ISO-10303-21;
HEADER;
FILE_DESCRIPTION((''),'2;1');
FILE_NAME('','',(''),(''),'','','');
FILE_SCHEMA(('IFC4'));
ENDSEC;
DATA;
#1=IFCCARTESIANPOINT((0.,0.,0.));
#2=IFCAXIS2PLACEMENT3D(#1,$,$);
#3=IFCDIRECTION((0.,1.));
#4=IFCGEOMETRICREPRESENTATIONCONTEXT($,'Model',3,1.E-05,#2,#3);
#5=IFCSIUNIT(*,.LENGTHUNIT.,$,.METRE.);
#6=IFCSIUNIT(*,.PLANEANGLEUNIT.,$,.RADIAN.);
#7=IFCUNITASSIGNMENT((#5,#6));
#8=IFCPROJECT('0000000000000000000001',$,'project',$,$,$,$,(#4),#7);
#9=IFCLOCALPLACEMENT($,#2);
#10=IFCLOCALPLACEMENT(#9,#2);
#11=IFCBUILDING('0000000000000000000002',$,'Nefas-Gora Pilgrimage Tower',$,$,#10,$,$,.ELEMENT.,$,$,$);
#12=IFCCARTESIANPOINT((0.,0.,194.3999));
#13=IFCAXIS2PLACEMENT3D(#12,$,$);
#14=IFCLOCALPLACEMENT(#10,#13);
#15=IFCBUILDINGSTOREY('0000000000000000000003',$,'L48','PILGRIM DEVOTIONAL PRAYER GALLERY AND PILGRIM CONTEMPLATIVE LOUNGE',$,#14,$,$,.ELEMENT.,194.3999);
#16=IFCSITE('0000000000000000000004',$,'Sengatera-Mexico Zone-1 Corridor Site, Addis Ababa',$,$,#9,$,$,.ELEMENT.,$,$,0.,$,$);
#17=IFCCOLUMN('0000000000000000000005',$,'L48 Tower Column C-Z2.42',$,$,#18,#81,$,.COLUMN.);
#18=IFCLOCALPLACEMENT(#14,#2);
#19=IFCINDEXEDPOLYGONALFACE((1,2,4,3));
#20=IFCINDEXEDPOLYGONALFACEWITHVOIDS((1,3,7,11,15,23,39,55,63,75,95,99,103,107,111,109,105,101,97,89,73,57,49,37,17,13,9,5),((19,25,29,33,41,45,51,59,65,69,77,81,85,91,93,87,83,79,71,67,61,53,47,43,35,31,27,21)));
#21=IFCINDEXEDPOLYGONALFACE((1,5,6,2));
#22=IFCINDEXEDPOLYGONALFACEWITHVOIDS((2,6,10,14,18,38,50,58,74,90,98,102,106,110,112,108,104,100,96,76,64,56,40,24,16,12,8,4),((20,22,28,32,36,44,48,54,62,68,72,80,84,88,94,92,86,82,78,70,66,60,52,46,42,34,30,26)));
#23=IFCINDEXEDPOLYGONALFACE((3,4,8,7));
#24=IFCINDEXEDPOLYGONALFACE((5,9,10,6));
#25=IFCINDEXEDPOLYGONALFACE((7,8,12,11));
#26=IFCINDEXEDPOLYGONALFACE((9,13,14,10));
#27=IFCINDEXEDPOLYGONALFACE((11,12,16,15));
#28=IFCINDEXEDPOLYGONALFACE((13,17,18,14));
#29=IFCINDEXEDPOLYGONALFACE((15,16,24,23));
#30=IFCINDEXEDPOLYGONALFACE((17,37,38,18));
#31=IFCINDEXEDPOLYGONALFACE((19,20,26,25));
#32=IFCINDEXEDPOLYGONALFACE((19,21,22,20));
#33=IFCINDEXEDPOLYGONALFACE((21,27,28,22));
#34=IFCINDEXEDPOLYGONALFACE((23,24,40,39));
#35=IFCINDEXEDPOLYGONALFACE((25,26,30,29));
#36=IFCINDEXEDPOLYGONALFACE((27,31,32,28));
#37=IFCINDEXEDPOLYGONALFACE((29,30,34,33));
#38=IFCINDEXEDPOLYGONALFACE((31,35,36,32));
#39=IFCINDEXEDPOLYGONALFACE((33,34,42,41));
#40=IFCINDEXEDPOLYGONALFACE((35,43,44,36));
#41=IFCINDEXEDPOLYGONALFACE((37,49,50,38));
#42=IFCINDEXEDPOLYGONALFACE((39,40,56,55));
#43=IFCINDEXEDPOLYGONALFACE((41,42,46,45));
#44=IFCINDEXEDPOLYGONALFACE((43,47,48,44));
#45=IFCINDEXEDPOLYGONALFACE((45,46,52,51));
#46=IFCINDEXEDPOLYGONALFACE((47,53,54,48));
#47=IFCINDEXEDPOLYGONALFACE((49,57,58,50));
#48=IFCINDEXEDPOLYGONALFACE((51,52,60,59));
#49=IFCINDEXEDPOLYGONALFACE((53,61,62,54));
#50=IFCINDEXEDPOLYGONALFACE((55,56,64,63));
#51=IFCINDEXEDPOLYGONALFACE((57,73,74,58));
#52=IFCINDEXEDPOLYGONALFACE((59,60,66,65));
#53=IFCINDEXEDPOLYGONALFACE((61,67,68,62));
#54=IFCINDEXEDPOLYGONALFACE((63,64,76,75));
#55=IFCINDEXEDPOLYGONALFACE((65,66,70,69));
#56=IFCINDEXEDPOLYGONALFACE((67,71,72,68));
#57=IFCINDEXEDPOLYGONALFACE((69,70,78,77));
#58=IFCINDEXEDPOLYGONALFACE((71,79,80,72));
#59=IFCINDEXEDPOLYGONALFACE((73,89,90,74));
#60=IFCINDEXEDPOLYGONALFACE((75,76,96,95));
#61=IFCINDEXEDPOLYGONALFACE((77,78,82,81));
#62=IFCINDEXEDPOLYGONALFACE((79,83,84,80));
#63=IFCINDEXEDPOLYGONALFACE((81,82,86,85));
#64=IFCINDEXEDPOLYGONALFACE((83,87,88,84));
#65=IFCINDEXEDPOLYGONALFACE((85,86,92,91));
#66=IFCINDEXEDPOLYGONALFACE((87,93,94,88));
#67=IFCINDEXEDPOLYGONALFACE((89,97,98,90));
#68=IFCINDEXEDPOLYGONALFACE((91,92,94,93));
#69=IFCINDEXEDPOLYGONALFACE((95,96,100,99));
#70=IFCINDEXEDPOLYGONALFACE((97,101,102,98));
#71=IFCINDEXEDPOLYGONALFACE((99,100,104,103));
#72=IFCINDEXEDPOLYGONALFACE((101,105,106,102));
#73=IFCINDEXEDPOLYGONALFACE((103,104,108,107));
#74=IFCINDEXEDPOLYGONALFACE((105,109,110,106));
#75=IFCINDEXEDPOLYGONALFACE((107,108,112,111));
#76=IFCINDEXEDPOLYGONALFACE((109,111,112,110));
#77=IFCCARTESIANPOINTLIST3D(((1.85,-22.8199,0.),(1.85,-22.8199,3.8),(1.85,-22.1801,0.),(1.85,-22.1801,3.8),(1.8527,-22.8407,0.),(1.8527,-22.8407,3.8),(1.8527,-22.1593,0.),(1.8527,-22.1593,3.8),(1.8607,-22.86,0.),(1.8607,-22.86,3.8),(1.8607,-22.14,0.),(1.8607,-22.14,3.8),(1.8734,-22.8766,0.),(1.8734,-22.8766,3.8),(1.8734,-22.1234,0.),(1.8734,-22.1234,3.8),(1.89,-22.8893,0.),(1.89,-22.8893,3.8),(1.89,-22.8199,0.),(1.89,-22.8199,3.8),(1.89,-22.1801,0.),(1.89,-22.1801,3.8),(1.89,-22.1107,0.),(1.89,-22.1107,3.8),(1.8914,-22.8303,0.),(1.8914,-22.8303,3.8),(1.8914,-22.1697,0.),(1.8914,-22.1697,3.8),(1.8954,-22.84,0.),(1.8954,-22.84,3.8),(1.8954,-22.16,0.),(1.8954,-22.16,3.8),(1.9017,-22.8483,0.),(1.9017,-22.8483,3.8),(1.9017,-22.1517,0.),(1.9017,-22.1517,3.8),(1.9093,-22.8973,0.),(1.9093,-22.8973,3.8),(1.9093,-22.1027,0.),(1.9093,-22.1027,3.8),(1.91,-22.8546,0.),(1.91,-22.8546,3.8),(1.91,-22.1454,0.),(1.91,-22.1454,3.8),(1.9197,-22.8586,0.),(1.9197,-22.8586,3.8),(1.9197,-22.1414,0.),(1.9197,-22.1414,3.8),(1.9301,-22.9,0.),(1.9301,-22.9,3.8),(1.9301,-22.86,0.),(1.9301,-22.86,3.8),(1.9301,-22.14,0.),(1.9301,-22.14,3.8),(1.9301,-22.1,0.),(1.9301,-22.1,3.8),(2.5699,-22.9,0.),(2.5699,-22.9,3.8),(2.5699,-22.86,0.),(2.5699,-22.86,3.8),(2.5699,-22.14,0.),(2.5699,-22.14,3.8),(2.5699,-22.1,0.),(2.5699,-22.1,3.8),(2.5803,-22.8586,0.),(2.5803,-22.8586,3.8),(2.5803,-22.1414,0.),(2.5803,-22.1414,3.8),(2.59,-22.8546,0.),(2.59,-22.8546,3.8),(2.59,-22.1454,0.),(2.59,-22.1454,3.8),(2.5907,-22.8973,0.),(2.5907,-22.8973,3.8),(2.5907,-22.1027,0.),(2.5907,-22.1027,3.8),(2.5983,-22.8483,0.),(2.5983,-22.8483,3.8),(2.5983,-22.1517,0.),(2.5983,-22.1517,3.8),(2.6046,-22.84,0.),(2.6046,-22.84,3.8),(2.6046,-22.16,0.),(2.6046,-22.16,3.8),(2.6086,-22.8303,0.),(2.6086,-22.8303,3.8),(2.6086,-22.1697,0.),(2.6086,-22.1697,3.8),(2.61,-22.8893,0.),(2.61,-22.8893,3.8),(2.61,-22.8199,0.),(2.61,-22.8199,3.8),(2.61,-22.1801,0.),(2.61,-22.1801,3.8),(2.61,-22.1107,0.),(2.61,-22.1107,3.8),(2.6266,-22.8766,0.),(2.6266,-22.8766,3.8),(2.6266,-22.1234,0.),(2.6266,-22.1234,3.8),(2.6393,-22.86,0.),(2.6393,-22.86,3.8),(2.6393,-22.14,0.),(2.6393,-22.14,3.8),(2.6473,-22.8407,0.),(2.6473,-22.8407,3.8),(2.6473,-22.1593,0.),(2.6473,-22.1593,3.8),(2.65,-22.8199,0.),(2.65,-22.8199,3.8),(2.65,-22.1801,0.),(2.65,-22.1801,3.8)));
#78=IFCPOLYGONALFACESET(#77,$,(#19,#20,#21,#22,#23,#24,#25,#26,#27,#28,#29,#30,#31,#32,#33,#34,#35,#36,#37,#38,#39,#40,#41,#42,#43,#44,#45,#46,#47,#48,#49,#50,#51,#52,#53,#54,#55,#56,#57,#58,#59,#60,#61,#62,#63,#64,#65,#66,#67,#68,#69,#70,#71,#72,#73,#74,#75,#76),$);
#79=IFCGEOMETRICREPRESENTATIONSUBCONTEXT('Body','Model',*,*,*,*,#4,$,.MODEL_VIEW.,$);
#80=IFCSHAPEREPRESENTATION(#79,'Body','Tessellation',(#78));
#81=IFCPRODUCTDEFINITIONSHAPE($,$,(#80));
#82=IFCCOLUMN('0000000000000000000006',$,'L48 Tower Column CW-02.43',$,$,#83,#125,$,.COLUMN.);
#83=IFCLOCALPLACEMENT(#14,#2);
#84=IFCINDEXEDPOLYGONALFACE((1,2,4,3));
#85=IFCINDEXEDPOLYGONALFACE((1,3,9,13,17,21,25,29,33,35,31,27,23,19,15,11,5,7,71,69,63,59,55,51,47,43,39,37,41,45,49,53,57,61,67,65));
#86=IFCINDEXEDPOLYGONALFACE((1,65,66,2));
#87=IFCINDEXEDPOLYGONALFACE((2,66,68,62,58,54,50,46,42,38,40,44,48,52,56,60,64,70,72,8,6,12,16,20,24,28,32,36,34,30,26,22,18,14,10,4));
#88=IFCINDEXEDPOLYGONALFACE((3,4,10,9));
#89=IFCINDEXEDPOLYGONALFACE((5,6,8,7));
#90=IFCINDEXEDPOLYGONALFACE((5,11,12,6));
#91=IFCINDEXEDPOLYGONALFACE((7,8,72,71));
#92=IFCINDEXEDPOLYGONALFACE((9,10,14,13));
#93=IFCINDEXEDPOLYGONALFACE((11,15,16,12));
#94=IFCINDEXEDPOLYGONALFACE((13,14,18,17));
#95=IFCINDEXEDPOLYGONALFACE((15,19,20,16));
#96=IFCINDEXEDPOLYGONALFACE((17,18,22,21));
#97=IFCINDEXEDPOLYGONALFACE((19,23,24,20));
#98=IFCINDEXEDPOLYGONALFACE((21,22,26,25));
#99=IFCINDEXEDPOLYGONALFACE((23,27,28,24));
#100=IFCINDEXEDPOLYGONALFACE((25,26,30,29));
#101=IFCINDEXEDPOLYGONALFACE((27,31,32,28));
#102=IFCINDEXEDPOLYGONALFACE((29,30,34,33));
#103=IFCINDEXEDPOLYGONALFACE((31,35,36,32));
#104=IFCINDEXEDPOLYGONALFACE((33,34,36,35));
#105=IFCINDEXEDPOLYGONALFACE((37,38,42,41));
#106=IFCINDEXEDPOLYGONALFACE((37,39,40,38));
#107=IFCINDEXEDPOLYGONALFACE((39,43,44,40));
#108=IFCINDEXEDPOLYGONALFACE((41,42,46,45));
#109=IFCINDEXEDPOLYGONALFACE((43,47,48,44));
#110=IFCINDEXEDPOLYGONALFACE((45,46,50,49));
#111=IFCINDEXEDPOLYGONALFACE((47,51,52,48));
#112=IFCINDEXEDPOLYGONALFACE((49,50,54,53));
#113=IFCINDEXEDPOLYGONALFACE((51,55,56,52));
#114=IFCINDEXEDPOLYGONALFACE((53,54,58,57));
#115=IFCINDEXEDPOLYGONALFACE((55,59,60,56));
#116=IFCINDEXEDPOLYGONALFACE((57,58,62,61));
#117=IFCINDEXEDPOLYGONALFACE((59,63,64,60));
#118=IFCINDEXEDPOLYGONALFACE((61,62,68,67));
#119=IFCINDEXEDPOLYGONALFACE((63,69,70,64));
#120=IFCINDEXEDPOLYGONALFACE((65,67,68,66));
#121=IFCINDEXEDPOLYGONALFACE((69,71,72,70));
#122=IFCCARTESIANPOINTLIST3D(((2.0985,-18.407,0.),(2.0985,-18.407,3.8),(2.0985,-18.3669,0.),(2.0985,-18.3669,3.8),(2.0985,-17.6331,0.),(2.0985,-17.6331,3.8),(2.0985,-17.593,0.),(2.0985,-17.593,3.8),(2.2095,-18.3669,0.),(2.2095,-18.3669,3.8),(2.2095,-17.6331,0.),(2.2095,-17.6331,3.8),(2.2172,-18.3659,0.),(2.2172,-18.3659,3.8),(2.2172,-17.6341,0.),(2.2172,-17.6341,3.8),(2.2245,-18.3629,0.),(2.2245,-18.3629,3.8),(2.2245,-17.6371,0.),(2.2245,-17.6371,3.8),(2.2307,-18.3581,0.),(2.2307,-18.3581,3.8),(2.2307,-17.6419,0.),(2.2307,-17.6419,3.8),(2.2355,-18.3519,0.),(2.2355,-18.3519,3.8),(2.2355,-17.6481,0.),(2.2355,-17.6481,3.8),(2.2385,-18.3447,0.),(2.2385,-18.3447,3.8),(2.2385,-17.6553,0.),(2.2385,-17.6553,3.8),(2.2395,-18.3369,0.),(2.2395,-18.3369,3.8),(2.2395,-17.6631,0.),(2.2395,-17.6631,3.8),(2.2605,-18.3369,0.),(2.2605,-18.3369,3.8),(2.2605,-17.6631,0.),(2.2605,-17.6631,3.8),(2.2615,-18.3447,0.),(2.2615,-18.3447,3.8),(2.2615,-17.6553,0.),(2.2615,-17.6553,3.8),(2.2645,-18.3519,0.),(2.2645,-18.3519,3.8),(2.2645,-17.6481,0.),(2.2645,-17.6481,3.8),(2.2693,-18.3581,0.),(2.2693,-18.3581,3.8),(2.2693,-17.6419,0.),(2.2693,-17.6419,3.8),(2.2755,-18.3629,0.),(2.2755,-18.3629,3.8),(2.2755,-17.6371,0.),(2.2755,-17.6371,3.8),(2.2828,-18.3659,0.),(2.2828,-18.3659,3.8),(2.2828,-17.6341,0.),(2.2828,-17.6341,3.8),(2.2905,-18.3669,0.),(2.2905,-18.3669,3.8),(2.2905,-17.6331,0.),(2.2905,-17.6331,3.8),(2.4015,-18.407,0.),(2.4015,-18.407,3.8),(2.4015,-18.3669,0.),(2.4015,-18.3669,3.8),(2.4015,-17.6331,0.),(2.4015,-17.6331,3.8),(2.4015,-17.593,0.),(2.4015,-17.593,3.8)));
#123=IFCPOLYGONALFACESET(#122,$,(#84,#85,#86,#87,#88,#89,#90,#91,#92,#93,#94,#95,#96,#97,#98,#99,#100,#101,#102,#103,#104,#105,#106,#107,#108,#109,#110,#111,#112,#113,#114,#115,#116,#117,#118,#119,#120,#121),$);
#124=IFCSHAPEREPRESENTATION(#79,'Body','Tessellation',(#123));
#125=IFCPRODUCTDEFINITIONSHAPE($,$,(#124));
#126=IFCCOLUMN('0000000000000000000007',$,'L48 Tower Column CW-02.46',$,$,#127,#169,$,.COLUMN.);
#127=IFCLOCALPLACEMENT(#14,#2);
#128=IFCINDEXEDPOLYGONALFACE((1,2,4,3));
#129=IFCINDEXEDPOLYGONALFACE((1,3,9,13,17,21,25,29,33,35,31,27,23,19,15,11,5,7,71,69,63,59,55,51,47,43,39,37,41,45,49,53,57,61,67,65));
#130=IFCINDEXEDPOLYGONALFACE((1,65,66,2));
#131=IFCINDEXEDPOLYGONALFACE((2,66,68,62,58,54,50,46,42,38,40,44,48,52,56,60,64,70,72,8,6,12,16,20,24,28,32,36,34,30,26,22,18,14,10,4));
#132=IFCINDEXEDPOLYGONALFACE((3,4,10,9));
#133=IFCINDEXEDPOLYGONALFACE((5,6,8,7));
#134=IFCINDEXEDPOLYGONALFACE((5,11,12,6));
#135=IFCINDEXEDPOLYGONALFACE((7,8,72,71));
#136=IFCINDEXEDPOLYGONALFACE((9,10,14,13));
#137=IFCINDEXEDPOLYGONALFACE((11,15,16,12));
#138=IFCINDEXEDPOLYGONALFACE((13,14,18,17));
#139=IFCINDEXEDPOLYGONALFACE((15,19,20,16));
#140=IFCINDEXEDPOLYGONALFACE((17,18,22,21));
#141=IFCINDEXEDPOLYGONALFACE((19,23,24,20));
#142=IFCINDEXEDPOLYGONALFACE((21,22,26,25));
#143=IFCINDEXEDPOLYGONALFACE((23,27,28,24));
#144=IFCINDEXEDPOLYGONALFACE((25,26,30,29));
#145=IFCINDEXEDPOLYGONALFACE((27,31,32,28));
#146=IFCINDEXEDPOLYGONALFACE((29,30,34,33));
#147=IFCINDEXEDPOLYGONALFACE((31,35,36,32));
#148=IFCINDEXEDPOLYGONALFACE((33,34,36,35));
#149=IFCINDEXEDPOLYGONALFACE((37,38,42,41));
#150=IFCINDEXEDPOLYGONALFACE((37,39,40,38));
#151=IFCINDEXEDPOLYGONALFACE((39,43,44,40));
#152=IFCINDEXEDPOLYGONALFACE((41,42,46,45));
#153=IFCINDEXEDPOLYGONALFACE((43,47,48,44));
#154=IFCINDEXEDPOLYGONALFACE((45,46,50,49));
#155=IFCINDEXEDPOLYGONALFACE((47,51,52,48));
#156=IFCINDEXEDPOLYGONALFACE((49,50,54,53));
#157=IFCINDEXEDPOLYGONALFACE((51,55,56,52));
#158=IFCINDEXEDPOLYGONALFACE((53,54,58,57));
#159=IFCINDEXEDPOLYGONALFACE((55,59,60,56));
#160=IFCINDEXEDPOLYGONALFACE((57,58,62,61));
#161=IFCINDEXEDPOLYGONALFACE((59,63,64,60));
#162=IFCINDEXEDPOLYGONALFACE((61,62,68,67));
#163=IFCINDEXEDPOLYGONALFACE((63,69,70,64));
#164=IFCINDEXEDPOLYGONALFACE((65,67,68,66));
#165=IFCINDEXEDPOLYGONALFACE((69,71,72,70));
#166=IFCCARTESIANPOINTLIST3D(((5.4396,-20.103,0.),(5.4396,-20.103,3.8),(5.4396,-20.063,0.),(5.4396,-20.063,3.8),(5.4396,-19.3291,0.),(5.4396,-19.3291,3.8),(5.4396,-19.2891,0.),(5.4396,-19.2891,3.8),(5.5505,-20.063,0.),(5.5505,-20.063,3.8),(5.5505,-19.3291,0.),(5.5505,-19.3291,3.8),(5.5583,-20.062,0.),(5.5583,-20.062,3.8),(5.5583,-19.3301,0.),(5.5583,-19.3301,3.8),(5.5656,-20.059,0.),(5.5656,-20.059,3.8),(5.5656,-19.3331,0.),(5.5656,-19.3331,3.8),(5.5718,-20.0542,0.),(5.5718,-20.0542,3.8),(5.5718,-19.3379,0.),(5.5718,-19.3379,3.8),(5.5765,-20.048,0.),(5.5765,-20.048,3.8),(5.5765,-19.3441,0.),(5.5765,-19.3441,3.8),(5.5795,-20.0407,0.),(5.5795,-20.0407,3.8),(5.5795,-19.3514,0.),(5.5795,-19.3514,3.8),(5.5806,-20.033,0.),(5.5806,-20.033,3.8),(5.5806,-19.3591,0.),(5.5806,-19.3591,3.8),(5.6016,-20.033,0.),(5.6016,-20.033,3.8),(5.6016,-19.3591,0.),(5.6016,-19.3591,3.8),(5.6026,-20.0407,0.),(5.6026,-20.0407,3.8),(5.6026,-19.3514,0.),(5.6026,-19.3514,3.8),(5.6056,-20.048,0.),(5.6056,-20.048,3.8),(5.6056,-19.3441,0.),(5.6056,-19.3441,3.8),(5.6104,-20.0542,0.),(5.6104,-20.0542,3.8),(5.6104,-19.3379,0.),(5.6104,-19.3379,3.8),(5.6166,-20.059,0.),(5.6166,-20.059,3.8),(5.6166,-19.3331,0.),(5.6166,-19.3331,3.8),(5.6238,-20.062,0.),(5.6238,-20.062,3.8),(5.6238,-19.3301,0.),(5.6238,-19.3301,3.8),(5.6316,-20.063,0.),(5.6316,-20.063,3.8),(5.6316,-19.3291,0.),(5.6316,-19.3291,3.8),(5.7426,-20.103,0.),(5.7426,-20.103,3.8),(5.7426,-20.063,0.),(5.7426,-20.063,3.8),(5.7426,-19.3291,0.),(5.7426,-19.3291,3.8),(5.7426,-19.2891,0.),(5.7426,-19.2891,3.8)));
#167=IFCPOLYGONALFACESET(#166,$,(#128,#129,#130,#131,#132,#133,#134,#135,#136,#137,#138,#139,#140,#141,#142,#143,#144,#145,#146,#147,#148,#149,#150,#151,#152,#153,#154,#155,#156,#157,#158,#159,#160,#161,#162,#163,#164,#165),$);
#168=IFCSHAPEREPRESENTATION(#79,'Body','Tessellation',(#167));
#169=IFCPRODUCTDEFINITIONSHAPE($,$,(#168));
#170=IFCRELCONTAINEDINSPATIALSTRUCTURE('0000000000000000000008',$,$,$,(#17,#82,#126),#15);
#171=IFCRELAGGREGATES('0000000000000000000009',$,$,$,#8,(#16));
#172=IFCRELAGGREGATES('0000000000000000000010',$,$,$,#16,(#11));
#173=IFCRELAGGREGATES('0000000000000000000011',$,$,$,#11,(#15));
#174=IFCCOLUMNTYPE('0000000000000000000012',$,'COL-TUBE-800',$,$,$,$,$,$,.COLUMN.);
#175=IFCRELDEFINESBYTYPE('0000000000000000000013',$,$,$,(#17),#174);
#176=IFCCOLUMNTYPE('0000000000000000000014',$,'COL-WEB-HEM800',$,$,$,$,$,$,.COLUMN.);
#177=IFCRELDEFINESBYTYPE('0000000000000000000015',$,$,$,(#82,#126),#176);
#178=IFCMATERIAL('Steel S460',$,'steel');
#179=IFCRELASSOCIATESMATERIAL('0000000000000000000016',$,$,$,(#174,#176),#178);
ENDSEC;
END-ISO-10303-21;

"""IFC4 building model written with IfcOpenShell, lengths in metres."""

from ifc_helpers import new_model, si_unit, direction, frame, origin, origin_2d, place, context, subcontext, project, spatial, hollow_rectangle, i_section, extrude, source, transform, mapped, material, material_profile, profile_set, type_object, element, save


model = new_model("IFC4")

# Units and contexts
model_context = context("Model", 3, precision=1e-05, world=origin(), true_north=direction((0.0, 1.0)))
body_context = subcontext(model_context, "Body", "Model", "MODEL_VIEW")
ifc_project = project(units=[si_unit("LENGTHUNIT", "METRE"), si_unit("PLANEANGLEUNIT", "RADIAN")], contexts=[model_context])

# Site, building, storey
site_placement = place(None, origin())
site = spatial("IfcSite", under=ifc_project, at=site_placement, Name="Sengatera-Mexico Zone-1 Corridor Site, Addis Ababa", CompositionType="ELEMENT", RefElevation=0.0)
building_placement = place(site_placement, origin())
building = spatial("IfcBuilding", under=site, at=building_placement, Name="Nefas-Gora Pilgrimage Tower", CompositionType="ELEMENT")
storey_placement = place(building_placement, frame((0.0, 0.0, 194.3999)))
storey = spatial("IfcBuildingStorey", under=building, at=storey_placement, Name="L48", Description="PILGRIM DEVOTIONAL PRAYER GALLERY AND PILGRIM CONTEMPLATIVE LOUNGE", CompositionType="ELEMENT", Elevation=194.3999)

# Columns
ifc_material_1 = material(Name="Steel S460", Category="steel")
ifc_material_profile_1 = material_profile(ifc_material_1, hollow_rectangle(XDim=0.8, YDim=0.8, WallThickness=0.04, InnerFilletRadius=0.04, OuterFilletRadius=0.0801, at=origin_2d()), Name="BOX 800x800x40")
ifc_profile_set_1 = profile_set([ifc_material_profile_1], Name="Steel S460")
column_type_1 = type_object("IfcColumnType", Name="COL-TUBE-800", PredefinedType="COLUMN", material=ifc_profile_set_1)
shared_shape_1 = source(origin(), body_context, "Body", "SweptSolid", [
    extrude(hollow_rectangle(XDim=0.8, YDim=0.8, WallThickness=0.04, InnerFilletRadius=0.04, OuterFilletRadius=0.0801, at=origin_2d()), origin(), (0.0, 0.0, 1.0), 3.8),
])
column_placement = place(storey_placement, frame((2.25, -22.5, 0.0), z_axis=(0.0, 0.0, 1.0), x_axis=(1.0, 0.0, 0.0)))
element("IfcColumn", 1, at=column_placement, inside=storey, type_object=column_type_1, Name="L48 Tower Column C-Z2.42", PredefinedType="COLUMN", context=body_context, shape_type="MappedRepresentation", body=[
    mapped(shared_shape_1, transform((0.0, 0.0, 0.0), x_axis=(1.0, 0.0, 0.0), y_axis=(0.0, 1.0, 0.0), z_axis=(0.0, 0.0, 1.0), scale=1.0)),
])
ifc_material_profile_2 = material_profile(ifc_material_1, i_section(OverallWidth=0.303, OverallDepth=0.814, WebThickness=0.021, FlangeThickness=0.04, FilletRadius=0.03, at=origin_2d()), Name="HEM 800")
ifc_profile_set_2 = profile_set([ifc_material_profile_2], Name="Steel S460")
column_type_2 = type_object("IfcColumnType", Name="COL-WEB-HEM800", PredefinedType="COLUMN", material=ifc_profile_set_2)
shared_shape_2 = source(origin(), body_context, "Body", "SweptSolid", [
    extrude(i_section(OverallWidth=0.303, OverallDepth=0.814, WebThickness=0.021, FlangeThickness=0.04, FilletRadius=0.03, at=origin_2d()), origin(), (0.0, 0.0, 1.0), 3.8),
])
for number, where, z_axis, x_axis, name in (
    (2, (2.25, -18.0, 0.0), (0.0, 0.0, 1.0), (1.0, 0.0, 0.0), "L48 Tower Column CW-02.43"),
    (3, (5.5911, -19.696, 0.0), (0.0, 0.0, 1.0), (1.0, 0.0, 0.0), "L48 Tower Column CW-02.46"),
):
    element("IfcColumn", number, at=place(storey_placement, frame(where, z_axis=z_axis, x_axis=x_axis)), inside=storey, type_object=column_type_2, Name=name, PredefinedType="COLUMN", context=body_context, shape_type="MappedRepresentation", body=[
        mapped(shared_shape_2, transform((0.0, 0.0, 0.0), x_axis=(1.0, 0.0, 0.0), y_axis=(0.0, 1.0, 0.0), z_axis=(0.0, 0.0, 1.0), scale=1.0)),
    ])

save(model, "model.ifc")
